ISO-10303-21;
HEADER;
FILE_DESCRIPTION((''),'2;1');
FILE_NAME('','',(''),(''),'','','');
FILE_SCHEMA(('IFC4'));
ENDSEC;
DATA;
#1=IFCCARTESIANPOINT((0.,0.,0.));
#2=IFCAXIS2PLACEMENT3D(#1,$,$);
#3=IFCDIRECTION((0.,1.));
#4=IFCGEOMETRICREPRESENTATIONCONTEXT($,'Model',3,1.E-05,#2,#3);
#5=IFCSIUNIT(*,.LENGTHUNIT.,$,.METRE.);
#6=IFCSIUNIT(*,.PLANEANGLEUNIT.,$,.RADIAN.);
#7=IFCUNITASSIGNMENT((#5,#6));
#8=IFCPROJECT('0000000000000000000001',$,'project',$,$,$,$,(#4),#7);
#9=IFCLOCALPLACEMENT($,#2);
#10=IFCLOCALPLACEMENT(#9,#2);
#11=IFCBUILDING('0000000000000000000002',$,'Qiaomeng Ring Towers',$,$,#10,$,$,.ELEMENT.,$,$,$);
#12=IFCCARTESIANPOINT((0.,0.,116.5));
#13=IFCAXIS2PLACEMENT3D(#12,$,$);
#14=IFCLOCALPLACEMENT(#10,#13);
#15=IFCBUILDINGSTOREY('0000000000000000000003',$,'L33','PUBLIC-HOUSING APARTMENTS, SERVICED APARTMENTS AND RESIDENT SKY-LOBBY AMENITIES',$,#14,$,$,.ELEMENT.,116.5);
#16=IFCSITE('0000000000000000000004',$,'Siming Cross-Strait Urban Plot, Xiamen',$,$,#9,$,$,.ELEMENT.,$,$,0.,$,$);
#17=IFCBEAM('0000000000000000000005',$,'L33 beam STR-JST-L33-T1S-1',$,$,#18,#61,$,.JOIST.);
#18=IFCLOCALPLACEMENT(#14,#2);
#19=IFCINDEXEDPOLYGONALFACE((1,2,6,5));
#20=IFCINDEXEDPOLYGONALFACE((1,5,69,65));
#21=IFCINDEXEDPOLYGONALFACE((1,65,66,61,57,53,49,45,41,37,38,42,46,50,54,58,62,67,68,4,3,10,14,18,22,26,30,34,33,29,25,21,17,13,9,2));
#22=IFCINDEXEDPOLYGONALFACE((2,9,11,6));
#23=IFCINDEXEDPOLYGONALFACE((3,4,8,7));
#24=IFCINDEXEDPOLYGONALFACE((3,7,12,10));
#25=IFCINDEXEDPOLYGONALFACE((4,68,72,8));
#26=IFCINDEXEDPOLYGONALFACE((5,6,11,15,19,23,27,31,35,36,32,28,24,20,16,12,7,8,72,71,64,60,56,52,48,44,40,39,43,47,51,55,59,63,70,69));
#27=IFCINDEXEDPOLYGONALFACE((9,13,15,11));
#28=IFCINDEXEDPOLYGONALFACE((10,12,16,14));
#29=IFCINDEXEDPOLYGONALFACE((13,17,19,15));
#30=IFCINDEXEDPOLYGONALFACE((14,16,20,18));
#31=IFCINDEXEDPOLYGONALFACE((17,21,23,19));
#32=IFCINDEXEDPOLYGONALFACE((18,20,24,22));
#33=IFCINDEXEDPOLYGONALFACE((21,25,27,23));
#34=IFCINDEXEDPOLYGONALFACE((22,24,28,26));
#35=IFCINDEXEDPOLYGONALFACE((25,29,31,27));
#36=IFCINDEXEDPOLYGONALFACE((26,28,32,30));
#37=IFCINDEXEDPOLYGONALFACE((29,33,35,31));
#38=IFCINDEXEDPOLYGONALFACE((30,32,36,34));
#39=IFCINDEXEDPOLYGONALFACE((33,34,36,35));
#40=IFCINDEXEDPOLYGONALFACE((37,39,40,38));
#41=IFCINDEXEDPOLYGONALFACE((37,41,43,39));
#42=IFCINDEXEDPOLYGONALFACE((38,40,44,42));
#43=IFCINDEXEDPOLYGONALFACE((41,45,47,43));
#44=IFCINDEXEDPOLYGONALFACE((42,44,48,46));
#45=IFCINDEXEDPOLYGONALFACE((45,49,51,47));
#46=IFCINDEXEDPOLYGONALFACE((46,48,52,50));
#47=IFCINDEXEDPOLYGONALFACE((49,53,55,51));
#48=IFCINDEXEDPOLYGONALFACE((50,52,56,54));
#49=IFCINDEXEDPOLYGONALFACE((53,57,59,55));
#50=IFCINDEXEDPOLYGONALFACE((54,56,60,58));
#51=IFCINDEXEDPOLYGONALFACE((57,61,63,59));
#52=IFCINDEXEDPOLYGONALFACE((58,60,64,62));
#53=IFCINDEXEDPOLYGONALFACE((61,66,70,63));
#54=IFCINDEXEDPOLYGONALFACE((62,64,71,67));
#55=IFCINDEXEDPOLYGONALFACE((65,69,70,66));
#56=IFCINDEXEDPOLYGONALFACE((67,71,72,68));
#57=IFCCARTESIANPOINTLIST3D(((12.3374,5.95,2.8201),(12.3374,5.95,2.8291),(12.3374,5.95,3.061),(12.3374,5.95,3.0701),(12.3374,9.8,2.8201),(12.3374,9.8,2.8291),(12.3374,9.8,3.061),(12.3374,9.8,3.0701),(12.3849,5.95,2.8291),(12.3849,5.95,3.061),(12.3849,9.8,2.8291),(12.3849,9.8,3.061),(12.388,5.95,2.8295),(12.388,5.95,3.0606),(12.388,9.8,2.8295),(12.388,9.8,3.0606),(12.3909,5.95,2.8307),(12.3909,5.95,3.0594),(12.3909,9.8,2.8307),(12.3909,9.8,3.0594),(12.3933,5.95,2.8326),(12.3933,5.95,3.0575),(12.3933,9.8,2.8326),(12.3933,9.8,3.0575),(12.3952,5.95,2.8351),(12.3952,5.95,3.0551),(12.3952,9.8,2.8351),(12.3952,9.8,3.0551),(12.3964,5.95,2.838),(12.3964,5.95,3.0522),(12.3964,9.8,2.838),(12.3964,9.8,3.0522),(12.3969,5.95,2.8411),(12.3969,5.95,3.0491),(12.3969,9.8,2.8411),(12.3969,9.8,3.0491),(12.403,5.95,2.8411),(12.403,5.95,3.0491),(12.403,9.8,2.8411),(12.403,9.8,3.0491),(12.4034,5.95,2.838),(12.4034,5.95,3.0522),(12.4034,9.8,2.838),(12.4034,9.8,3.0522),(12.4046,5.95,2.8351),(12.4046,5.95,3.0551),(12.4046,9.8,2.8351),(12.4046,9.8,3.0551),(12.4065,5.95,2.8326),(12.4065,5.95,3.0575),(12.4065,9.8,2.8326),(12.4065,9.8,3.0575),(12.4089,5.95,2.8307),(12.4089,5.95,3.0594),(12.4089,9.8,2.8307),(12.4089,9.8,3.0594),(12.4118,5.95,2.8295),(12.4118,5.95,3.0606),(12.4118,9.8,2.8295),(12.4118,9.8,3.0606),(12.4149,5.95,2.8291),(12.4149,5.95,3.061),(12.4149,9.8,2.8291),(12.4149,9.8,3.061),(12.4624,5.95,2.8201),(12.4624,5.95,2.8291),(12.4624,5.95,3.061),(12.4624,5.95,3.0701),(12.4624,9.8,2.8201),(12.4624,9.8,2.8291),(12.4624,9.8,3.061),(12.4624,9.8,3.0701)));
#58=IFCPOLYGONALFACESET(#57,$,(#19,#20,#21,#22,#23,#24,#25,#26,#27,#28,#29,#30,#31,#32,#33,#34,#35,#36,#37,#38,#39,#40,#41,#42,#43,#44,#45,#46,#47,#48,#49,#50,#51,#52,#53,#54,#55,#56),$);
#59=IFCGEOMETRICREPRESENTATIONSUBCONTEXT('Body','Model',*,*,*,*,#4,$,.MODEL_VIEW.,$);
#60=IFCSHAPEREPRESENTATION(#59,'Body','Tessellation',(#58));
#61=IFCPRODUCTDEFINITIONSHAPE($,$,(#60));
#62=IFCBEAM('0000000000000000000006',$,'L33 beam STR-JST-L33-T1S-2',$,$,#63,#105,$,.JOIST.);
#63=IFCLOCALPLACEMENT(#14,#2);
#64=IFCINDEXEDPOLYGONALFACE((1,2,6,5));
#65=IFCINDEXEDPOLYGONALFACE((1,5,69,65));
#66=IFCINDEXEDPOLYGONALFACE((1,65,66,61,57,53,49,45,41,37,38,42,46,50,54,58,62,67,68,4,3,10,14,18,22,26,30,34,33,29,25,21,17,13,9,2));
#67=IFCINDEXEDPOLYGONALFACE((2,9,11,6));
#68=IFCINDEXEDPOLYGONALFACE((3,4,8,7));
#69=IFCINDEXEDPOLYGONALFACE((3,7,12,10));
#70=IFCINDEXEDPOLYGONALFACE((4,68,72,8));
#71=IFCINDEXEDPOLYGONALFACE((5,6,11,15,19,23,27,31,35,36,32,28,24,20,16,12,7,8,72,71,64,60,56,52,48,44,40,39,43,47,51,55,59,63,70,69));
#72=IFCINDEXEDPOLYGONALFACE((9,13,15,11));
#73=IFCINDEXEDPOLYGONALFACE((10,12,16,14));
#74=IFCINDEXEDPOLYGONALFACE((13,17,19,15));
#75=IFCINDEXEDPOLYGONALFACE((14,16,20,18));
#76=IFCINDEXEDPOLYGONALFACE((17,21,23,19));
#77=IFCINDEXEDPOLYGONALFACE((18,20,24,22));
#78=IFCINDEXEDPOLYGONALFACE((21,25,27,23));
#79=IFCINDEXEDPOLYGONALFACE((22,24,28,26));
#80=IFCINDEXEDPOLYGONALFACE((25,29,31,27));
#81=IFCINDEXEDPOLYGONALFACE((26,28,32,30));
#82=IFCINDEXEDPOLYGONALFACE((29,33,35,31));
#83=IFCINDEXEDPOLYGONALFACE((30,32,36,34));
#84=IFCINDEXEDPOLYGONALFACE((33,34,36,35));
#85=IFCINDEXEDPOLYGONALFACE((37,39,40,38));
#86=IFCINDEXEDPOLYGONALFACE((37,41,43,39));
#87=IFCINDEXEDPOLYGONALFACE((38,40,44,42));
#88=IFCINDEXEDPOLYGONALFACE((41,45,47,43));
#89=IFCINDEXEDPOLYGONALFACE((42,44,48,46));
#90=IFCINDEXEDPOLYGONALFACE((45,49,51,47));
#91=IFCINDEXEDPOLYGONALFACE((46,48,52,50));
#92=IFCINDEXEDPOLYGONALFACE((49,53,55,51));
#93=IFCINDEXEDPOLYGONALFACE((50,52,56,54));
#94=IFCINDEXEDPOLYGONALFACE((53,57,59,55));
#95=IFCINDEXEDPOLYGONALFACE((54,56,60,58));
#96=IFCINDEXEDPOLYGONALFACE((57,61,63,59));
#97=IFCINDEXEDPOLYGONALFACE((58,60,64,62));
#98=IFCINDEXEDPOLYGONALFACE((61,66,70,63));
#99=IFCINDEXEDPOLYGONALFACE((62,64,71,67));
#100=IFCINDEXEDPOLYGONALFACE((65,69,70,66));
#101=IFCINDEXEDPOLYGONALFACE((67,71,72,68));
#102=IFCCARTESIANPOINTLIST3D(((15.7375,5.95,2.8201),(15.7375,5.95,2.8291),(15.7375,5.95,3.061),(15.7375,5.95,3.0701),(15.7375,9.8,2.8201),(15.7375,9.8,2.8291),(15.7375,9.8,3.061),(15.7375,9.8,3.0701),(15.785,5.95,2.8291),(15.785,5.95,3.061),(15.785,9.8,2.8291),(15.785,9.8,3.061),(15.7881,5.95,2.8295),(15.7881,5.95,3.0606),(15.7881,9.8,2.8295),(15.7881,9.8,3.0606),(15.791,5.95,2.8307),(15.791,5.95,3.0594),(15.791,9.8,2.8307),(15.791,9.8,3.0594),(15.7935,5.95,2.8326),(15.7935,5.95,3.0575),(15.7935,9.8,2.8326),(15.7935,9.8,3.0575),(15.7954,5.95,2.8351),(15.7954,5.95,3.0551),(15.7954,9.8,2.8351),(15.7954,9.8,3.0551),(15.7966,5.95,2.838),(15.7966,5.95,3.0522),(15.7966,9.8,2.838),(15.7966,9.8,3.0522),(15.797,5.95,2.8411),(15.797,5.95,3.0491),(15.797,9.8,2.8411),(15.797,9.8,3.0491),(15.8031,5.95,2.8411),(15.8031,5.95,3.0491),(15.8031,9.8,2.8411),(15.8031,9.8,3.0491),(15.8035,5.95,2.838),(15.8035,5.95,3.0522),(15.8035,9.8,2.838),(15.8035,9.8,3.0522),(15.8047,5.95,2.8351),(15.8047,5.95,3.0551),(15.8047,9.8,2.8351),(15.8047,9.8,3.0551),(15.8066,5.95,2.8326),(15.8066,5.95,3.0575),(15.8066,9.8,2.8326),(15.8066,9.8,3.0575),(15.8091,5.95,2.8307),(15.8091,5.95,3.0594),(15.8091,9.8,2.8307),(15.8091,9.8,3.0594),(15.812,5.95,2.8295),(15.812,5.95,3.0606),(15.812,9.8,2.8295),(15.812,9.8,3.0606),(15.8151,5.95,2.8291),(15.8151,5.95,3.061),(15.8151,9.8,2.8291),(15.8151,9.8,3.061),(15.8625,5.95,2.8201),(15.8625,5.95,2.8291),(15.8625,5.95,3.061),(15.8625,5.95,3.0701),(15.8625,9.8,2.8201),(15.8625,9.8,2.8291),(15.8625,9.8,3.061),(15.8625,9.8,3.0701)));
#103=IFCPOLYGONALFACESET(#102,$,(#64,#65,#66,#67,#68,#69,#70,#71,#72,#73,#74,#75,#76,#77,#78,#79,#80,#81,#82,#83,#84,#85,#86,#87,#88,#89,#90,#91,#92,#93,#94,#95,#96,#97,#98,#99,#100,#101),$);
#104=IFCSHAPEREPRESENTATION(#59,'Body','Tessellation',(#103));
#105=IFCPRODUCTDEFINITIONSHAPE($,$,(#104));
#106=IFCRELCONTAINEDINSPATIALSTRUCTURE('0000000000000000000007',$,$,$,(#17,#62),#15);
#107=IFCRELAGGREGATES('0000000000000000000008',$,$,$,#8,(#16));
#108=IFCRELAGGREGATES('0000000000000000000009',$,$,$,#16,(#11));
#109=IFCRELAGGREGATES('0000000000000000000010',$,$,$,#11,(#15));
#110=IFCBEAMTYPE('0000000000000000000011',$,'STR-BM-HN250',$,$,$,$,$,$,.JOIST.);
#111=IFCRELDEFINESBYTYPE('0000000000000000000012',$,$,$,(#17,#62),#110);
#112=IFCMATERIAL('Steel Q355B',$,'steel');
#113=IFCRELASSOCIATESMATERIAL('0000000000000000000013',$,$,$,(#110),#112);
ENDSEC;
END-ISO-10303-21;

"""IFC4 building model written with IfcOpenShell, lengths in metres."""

from ifc_helpers import new_model, si_unit, direction, frame, origin, origin_2d, place, context, subcontext, project, spatial, i_section, extrude, source, transform, mapped, material, material_profile, profile_set, type_object, element, save


model = new_model("IFC4")

# Units and contexts
model_context = context("Model", 3, precision=1e-05, world=origin(), true_north=direction((0.0, 1.0)))
body_context = subcontext(model_context, "Body", "Model", "MODEL_VIEW")
ifc_project = project(units=[si_unit("LENGTHUNIT", "METRE"), si_unit("PLANEANGLEUNIT", "RADIAN")], contexts=[model_context])

# Site, building, storey
site_placement = place(None, origin())
site = spatial("IfcSite", under=ifc_project, at=site_placement, Name="Siming Cross-Strait Urban Plot, Xiamen", CompositionType="ELEMENT", RefElevation=0.0)
building_placement = place(site_placement, origin())
building = spatial("IfcBuilding", under=site, at=building_placement, Name="Qiaomeng Ring Towers", CompositionType="ELEMENT")
storey_placement = place(building_placement, frame((0.0, 0.0, 116.5)))
storey = spatial("IfcBuildingStorey", under=building, at=storey_placement, Name="L33", Description="PUBLIC-HOUSING APARTMENTS, SERVICED APARTMENTS AND RESIDENT SKY-LOBBY AMENITIES", CompositionType="ELEMENT", Elevation=116.5)

# Beams
ifc_material_1 = material(Name="Steel Q355B", Category="steel")
ifc_material_profile = material_profile(ifc_material_1, i_section(OverallWidth=0.125, OverallDepth=0.25, WebThickness=0.0061, FlangeThickness=0.009, FilletRadius=0.012, at=origin_2d()), Name="HN 250x125x6x9")
ifc_profile_set = profile_set([ifc_material_profile], Name="Steel Q355B")
beam_type = type_object("IfcBeamType", Name="STR-BM-HN250", PredefinedType="JOIST", material=ifc_profile_set)
shared_shape_1 = source(origin(), body_context, "Body", "SweptSolid", [
    extrude(i_section(OverallWidth=0.125, OverallDepth=0.25, WebThickness=0.0061, FlangeThickness=0.009, FilletRadius=0.012, at=origin_2d()), origin(), (0.0, 0.0, 1.0), 3.8501),
])
for number, where, z_axis, x_axis, name in (
    (1, (12.3999, 5.95, 2.9451), (0.0, 1.0, 0.0), (-1.0, 0.0, 0.0), "L33 beam STR-JST-L33-T1S-1"),
    (2, (15.8, 5.95, 2.9451), (0.0, 1.0, 0.0), (-1.0, 0.0, 0.0), "L33 beam STR-JST-L33-T1S-2"),
):
    element("IfcBeam", number, at=place(storey_placement, frame(where, z_axis=z_axis, x_axis=x_axis)), inside=storey, type_object=beam_type, Name=name, PredefinedType="JOIST", context=body_context, shape_type="MappedRepresentation", body=[
        mapped(shared_shape_1, transform((0.0, 0.0, 0.0), x_axis=(1.0, 0.0, 0.0), y_axis=(0.0, 1.0, 0.0), z_axis=(0.0, 0.0, 1.0), scale=1.0)),
    ])

save(model, "model.ifc")
